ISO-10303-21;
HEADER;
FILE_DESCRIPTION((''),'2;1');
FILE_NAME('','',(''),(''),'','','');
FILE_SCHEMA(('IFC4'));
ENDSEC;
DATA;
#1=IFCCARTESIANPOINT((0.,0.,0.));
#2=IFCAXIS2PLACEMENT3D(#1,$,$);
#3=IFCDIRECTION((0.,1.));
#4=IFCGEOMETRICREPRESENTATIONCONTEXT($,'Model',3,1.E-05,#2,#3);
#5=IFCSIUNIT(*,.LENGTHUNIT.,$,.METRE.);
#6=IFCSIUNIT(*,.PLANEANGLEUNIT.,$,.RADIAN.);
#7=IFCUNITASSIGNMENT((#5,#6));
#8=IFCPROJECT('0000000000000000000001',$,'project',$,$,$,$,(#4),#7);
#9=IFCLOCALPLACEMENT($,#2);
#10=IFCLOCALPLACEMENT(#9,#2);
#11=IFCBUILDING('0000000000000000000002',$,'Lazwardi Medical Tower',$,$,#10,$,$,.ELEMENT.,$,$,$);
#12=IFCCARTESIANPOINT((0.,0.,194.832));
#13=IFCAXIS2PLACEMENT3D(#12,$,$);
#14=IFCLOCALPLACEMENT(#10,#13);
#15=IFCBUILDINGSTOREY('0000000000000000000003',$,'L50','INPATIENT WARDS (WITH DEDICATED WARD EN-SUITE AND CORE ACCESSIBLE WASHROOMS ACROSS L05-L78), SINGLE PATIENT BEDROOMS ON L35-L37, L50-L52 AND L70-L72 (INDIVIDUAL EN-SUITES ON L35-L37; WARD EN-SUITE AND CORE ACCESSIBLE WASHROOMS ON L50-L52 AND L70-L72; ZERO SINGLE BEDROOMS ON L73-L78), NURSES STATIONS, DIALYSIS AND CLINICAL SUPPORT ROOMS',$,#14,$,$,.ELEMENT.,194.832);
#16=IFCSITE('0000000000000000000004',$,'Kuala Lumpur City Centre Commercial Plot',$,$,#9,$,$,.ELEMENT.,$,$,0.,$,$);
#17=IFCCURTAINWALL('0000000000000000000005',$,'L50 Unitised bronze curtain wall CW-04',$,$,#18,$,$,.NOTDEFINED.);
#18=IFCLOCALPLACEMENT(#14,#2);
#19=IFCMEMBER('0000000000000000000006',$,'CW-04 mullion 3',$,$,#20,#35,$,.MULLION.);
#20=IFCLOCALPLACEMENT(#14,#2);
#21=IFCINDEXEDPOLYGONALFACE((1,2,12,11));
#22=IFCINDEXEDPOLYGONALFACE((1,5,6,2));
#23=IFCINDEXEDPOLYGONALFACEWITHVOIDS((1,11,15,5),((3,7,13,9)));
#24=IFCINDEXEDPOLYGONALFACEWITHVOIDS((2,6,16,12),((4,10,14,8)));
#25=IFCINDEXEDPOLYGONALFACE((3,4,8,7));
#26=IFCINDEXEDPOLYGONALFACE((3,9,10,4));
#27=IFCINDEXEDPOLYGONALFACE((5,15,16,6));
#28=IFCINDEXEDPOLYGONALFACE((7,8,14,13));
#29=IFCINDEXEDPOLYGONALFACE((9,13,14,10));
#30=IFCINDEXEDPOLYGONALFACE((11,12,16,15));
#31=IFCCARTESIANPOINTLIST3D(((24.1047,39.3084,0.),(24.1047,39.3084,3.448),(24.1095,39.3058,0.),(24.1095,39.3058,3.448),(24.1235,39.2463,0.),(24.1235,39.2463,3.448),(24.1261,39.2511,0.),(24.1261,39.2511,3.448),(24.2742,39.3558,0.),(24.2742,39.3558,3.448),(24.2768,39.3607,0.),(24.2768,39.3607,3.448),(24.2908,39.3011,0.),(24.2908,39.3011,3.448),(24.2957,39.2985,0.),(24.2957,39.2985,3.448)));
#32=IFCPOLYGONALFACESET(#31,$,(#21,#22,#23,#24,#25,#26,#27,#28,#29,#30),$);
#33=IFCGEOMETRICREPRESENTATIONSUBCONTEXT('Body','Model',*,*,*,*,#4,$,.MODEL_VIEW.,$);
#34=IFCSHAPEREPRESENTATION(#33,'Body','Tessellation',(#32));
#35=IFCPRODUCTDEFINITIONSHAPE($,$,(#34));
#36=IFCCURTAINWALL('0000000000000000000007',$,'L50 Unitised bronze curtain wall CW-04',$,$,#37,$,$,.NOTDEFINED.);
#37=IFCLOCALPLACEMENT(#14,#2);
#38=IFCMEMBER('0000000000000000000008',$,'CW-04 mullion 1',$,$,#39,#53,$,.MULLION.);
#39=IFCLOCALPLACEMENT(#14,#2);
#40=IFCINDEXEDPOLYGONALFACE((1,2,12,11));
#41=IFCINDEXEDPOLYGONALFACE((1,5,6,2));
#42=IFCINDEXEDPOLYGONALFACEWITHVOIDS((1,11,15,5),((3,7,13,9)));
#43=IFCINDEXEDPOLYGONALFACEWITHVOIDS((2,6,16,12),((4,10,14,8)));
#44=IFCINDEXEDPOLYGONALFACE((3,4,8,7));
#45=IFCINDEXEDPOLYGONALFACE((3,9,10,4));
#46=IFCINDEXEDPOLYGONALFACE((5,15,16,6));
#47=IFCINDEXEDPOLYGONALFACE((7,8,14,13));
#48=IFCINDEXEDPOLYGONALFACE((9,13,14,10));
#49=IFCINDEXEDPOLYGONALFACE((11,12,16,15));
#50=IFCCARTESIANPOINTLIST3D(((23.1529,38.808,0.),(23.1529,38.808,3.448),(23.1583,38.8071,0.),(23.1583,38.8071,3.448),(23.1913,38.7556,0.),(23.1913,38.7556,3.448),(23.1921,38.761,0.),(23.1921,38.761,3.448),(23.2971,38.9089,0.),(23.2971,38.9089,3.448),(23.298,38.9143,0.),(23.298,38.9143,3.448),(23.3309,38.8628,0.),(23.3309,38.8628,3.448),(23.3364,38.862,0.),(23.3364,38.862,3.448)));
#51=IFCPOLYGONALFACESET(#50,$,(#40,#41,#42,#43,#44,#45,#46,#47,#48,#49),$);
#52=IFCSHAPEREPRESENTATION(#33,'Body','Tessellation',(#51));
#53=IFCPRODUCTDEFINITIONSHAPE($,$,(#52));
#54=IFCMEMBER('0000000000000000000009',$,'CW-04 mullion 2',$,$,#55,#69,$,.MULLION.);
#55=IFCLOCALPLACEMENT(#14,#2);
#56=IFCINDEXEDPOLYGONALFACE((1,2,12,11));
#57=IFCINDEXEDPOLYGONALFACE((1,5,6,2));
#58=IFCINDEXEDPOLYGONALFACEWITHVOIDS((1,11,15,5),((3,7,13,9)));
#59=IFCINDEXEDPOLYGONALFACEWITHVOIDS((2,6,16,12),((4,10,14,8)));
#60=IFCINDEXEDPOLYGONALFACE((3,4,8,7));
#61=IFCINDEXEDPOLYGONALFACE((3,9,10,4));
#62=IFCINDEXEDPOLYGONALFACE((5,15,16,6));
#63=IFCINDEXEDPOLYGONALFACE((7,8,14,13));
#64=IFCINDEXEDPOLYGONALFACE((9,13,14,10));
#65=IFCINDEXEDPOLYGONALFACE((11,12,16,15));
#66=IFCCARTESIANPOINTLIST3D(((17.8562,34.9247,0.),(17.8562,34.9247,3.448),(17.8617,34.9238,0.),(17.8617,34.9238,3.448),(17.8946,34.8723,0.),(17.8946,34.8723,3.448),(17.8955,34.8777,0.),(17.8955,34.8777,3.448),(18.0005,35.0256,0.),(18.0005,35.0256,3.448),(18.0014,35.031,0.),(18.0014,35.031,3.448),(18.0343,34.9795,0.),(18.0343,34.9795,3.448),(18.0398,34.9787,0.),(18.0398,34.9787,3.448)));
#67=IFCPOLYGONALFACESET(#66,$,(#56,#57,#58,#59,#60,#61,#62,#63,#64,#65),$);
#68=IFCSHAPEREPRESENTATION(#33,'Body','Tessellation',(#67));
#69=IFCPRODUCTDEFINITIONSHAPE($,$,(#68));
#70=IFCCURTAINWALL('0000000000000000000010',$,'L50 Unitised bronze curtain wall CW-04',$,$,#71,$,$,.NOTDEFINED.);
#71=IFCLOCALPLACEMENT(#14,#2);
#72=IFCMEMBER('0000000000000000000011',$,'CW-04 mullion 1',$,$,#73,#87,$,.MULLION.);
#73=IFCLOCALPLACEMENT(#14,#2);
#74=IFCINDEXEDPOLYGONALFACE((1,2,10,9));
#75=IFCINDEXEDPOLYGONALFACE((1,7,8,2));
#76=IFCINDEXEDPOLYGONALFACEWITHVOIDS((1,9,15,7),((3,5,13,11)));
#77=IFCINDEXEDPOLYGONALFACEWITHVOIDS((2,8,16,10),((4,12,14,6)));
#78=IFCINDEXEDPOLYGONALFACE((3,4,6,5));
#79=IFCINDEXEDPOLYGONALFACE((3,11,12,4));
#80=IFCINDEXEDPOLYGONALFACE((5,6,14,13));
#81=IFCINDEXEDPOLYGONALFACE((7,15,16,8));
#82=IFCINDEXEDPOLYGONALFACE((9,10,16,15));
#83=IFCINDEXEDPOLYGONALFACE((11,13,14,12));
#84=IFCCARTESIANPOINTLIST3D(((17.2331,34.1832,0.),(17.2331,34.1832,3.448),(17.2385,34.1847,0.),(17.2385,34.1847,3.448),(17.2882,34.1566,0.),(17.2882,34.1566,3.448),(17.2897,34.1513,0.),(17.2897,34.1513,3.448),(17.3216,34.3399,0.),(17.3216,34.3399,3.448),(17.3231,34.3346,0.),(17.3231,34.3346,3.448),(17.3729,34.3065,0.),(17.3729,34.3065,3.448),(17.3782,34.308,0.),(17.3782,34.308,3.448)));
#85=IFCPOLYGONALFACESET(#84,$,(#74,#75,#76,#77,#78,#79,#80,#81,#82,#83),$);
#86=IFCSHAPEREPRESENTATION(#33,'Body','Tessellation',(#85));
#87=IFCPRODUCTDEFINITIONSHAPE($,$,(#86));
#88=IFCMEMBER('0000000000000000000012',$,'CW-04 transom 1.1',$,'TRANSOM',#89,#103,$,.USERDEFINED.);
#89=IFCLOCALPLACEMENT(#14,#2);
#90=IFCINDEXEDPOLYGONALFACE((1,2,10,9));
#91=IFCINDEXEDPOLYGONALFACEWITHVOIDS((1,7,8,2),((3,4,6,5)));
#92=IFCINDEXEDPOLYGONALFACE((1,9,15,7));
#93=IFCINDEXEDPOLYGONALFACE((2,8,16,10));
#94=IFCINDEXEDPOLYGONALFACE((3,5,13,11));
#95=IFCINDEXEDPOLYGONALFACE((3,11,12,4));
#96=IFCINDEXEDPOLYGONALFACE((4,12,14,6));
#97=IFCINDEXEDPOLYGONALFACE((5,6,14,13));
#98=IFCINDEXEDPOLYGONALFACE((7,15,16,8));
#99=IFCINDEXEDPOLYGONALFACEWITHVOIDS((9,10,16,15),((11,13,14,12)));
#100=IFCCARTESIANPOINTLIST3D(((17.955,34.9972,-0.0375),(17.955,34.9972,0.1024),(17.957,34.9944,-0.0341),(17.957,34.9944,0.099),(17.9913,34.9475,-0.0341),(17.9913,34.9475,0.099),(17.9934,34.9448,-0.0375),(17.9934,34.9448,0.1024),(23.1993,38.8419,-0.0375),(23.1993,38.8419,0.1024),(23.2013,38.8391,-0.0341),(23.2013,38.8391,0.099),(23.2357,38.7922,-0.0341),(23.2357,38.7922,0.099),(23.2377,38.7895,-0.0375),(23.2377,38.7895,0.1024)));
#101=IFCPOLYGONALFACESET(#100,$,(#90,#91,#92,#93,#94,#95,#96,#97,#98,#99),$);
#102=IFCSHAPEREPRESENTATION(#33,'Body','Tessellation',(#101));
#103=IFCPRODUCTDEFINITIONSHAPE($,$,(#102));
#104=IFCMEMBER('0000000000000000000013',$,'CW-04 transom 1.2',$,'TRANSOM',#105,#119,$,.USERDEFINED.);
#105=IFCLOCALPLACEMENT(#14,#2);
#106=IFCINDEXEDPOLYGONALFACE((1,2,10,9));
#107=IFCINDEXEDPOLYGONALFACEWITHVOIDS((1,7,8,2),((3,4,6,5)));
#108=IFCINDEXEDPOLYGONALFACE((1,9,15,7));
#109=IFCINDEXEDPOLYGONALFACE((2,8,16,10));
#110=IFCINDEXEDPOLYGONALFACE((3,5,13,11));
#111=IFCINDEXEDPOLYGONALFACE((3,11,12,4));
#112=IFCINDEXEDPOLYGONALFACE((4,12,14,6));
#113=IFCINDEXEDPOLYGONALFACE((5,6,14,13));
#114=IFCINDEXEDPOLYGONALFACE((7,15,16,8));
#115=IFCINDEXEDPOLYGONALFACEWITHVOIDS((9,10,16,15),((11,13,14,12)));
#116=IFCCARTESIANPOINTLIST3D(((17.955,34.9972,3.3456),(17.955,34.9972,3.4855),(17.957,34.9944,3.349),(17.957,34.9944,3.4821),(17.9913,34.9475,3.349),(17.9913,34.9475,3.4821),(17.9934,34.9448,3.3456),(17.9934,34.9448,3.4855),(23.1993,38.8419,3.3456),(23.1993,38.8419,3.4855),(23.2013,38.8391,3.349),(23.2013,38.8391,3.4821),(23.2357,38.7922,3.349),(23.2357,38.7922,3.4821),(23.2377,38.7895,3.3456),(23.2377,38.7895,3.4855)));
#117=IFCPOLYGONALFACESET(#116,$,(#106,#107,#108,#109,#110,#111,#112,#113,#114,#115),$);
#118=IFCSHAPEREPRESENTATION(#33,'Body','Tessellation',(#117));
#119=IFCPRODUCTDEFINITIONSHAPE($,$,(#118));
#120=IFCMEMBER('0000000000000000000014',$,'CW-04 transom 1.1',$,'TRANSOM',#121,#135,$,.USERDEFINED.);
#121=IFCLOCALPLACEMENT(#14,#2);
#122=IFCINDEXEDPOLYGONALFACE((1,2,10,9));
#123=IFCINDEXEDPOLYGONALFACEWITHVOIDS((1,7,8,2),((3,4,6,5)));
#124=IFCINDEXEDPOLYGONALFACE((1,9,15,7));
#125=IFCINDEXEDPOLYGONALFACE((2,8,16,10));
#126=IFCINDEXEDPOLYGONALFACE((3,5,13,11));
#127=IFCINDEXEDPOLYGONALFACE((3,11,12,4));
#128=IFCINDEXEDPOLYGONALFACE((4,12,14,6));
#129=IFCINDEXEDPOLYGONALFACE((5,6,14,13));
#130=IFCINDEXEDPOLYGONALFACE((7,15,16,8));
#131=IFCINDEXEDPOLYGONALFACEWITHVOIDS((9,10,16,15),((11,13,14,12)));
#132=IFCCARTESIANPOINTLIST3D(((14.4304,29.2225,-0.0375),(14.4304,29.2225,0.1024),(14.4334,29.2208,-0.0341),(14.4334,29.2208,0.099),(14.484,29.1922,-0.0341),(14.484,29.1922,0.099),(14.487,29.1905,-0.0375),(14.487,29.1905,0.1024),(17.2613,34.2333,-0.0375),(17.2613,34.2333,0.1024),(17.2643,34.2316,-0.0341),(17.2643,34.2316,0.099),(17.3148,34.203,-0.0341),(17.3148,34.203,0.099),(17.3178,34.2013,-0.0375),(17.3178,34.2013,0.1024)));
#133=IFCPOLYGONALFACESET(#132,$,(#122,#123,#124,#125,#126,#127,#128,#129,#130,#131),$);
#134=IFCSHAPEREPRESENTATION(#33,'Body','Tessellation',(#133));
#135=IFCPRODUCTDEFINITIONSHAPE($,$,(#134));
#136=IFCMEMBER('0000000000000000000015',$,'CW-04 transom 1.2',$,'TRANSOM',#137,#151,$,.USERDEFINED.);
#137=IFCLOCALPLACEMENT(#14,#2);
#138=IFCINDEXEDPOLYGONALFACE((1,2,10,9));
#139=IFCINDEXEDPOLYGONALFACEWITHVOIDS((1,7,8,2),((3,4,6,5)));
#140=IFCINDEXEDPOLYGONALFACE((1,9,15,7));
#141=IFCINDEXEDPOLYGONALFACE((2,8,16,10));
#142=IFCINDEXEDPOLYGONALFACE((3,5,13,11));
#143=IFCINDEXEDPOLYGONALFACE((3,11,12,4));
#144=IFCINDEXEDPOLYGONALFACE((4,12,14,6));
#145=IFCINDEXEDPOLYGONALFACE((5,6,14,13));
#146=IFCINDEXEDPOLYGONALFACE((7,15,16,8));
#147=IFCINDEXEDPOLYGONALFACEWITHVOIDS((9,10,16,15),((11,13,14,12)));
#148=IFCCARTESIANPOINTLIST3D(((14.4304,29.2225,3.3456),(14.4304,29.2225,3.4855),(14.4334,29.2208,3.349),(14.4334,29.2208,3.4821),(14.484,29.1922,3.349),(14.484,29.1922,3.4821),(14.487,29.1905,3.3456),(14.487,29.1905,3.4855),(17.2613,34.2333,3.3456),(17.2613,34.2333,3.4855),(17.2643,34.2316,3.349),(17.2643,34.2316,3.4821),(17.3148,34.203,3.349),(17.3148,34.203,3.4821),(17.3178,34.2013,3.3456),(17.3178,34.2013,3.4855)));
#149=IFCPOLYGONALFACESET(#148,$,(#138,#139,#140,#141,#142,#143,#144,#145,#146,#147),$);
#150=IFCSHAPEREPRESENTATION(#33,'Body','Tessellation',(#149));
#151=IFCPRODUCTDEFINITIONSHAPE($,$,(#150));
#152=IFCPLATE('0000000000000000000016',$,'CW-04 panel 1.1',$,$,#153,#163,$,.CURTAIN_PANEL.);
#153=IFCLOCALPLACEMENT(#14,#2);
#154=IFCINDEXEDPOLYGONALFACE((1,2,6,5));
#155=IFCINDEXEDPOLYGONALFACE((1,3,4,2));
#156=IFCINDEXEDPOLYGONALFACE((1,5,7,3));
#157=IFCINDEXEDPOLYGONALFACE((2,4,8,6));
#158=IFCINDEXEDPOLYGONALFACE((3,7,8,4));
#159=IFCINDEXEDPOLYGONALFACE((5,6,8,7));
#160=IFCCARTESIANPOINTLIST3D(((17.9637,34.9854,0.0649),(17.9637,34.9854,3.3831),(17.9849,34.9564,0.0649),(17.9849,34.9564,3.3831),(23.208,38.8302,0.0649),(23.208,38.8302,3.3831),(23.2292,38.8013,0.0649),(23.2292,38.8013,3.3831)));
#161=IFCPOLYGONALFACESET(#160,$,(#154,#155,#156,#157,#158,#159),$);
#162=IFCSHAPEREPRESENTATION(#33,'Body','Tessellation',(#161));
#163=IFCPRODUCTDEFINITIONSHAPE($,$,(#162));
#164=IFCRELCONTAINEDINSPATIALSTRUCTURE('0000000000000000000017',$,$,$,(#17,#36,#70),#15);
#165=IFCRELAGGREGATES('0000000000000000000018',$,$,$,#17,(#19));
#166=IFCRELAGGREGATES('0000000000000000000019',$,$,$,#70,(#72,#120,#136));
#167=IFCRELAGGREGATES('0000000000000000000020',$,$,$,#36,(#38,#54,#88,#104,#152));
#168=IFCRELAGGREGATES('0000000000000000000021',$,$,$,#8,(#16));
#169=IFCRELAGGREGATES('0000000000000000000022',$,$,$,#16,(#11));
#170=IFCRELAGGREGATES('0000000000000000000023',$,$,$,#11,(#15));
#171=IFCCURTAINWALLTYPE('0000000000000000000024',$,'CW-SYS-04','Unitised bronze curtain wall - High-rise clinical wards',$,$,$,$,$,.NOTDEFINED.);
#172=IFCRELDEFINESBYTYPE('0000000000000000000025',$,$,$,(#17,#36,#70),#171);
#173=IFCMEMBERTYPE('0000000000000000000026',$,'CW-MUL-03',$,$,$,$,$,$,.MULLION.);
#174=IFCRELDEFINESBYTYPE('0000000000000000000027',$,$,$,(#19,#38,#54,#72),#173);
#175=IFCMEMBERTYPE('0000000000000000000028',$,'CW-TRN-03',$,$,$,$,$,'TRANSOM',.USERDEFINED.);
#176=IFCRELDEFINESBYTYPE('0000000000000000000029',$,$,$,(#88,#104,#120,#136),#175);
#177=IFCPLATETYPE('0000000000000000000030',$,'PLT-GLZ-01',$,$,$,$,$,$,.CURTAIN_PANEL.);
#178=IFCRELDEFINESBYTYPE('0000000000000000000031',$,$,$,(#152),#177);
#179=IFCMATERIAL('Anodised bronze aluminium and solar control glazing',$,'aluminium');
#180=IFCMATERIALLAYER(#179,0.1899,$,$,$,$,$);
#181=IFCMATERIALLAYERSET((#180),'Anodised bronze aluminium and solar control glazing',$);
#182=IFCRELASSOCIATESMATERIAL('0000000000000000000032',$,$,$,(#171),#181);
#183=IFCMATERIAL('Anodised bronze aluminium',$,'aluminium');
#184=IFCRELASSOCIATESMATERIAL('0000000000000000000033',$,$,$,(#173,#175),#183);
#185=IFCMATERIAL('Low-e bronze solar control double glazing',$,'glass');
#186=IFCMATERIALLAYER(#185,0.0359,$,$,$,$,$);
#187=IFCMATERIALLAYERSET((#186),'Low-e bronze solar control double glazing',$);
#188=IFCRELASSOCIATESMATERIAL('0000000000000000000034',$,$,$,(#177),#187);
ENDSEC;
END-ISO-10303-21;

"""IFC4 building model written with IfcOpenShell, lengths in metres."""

from ifc_helpers import new_model, si_unit, direction, frame, origin, origin_2d, place, context, subcontext, project, spatial, rectangle, hollow_rectangle, extrude, material, layer, layer_set, material_profile, profile_set, type_object, element, aggregate, save


model = new_model("IFC4")

# Units and contexts
model_context = context("Model", 3, precision=1e-05, world=origin(), true_north=direction((0.0, 1.0)))
body_context = subcontext(model_context, "Body", "Model", "MODEL_VIEW")
ifc_project = project(units=[si_unit("LENGTHUNIT", "METRE"), si_unit("PLANEANGLEUNIT", "RADIAN")], contexts=[model_context])

# Site, building, storey
site_placement = place(None, origin())
site = spatial("IfcSite", under=ifc_project, at=site_placement, Name="Kuala Lumpur City Centre Commercial Plot", CompositionType="ELEMENT", RefElevation=0.0)
building_placement = place(site_placement, origin())
building = spatial("IfcBuilding", under=site, at=building_placement, Name="Lazwardi Medical Tower", CompositionType="ELEMENT")
storey_placement = place(building_placement, frame((0.0, 0.0, 194.832)))
storey = spatial("IfcBuildingStorey", under=building, at=storey_placement, Name="L50", Description="INPATIENT WARDS (WITH DEDICATED WARD EN-SUITE AND CORE ACCESSIBLE WASHROOMS ACROSS L05-L78), SINGLE PATIENT BEDROOMS ON L35-L37, L50-L52 AND L70-L72 (INDIVIDUAL EN-SUITES ON L35-L37; WARD EN-SUITE AND CORE ACCESSIBLE WASHROOMS ON L50-L52 AND L70-L72; ZERO SINGLE BEDROOMS ON L73-L78), NURSES STATIONS, DIALYSIS AND CLINICAL SUPPORT ROOMS", CompositionType="ELEMENT", Elevation=194.832)

# Curtain wall, member
ifc_material_1 = material(Name="Anodised bronze aluminium and solar control glazing", Category="aluminium")
ifc_layer_1 = layer(ifc_material_1, 0.1899)
ifc_layer_set_1 = layer_set([ifc_layer_1], Name="Anodised bronze aluminium and solar control glazing")
curtain_wall_type = type_object("IfcCurtainWallType", Name="CW-SYS-04", Description="Unitised bronze curtain wall - High-rise clinical wards", PredefinedType="NOTDEFINED", material=ifc_layer_set_1)
curtain_wall_1_placement = place(storey_placement, origin())
curtain_wall_1 = element("IfcCurtainWall", 1, at=curtain_wall_1_placement, inside=storey, type_object=curtain_wall_type, Name="L50 Unitised bronze curtain wall CW-04", PredefinedType="NOTDEFINED")
ifc_material_2 = material(Name="Anodised bronze aluminium", Category="aluminium")
ifc_material_profile_1 = material_profile(ifc_material_2, hollow_rectangle(XDim=0.0649, YDim=0.1799, WallThickness=0.0039, at=origin_2d()), Name="ALU-MULLION 180x65x4")
ifc_profile_set_1 = profile_set([ifc_material_profile_1], Name="Anodised bronze aluminium")
member_type_1 = type_object("IfcMemberType", Name="CW-MUL-03", PredefinedType="MULLION", material=ifc_profile_set_1)
member_1_placement = place(storey_placement, frame((24.2002, 39.3035, 0.0), z_axis=(0.0, 0.0, 1.0), x_axis=(0.290582, -0.95685, 0.0)))
member_1 = element("IfcMember", 2, at=member_1_placement, type_object=member_type_1, Name="CW-04 mullion 3", PredefinedType="MULLION", context=body_context, shape_type="SweptSolid", body=[
    extrude(hollow_rectangle(XDim=0.0649, YDim=0.1799, WallThickness=0.0039, at=origin_2d()), origin(), (0.0, 0.0, 1.0), 3.448),
])
aggregate(curtain_wall_1, [member_1])

# Curtain wall, members
curtain_wall_2_placement = place(storey_placement, origin())
curtain_wall_2 = element("IfcCurtainWall", 3, at=curtain_wall_2_placement, inside=storey, type_object=curtain_wall_type, Name="L50 Unitised bronze curtain wall CW-04", PredefinedType="NOTDEFINED")
member_2_placement = place(storey_placement, frame((23.2446, 38.835, 0.0), z_axis=(0.0, 0.0, 1.0), x_axis=(0.591268, -0.806475, 0.0)))
member_2 = element("IfcMember", 4, at=member_2_placement, type_object=member_type_1, Name="CW-04 mullion 1", PredefinedType="MULLION", context=body_context, shape_type="SweptSolid", body=[
    extrude(hollow_rectangle(XDim=0.0649, YDim=0.1799, WallThickness=0.0039, at=origin_2d()), origin(), (0.0, 0.0, 1.0), 3.448),
])
member_3_placement = place(storey_placement, frame((17.948, 34.9517, 0.0), z_axis=(0.0, 0.0, 1.0), x_axis=(0.591268, -0.806475, 0.0)))
member_3 = element("IfcMember", 5, at=member_3_placement, type_object=member_type_1, Name="CW-04 mullion 2", PredefinedType="MULLION", context=body_context, shape_type="SweptSolid", body=[
    extrude(hollow_rectangle(XDim=0.0649, YDim=0.1799, WallThickness=0.0039, at=origin_2d()), origin(), (0.0, 0.0, 1.0), 3.448),
])

# Curtain wall, member
curtain_wall_3_placement = place(storey_placement, origin())
curtain_wall_3 = element("IfcCurtainWall", 6, at=curtain_wall_3_placement, inside=storey, type_object=curtain_wall_type, Name="L50 Unitised bronze curtain wall CW-04", PredefinedType="NOTDEFINED")
member_4_placement = place(storey_placement, frame((17.3057, 34.2456, 0.0), z_axis=(0.0, 0.0, 1.0), x_axis=(0.870651, -0.4919, 0.0)))
member_4 = element("IfcMember", 7, at=member_4_placement, type_object=member_type_1, Name="CW-04 mullion 1", PredefinedType="MULLION", context=body_context, shape_type="SweptSolid", body=[
    extrude(hollow_rectangle(XDim=0.0649, YDim=0.1799, WallThickness=0.0039, at=origin_2d()), origin(), (0.0, 0.0, 1.0), 3.448),
])

# Members
ifc_material_profile_2 = material_profile(ifc_material_2, hollow_rectangle(XDim=0.0649, YDim=0.1399, WallThickness=0.0034, at=origin_2d()), Name="ALU-TRANSOM 140x65x3.5")
ifc_profile_set_2 = profile_set([ifc_material_profile_2], Name="Anodised bronze aluminium")
member_type_2 = type_object("IfcMemberType", Name="CW-TRN-03", ElementType="TRANSOM", PredefinedType="USERDEFINED", material=ifc_profile_set_2)
member_5_placement = place(storey_placement, frame((23.2185, 38.8157, 0.0325), z_axis=(-0.80649, -0.591248, 0.0), x_axis=(0.591248, -0.80649, 0.0)))
member_5 = element("IfcMember", 8, at=member_5_placement, type_object=member_type_2, Name="CW-04 transom 1.1", ObjectType="TRANSOM", PredefinedType="USERDEFINED", context=body_context, shape_type="SweptSolid", body=[
    extrude(hollow_rectangle(XDim=0.0649, YDim=0.1399, WallThickness=0.0034, at=origin_2d()), origin(), (0.0, 0.0, 1.0), 6.5027),
])
member_6_placement = place(storey_placement, frame((23.2185, 38.8157, 3.4155), z_axis=(-0.80649, -0.591248, 0.0), x_axis=(0.591248, -0.80649, 0.0)))
member_6 = element("IfcMember", 9, at=member_6_placement, type_object=member_type_2, Name="CW-04 transom 1.2", ObjectType="TRANSOM", PredefinedType="USERDEFINED", context=body_context, shape_type="SweptSolid", body=[
    extrude(hollow_rectangle(XDim=0.0649, YDim=0.1399, WallThickness=0.0034, at=origin_2d()), origin(), (0.0, 0.0, 1.0), 6.5027),
])
member_7_placement = place(storey_placement, frame((17.2896, 34.2173, 0.0325), z_axis=(-0.49188, -0.870663, 0.0), x_axis=(0.870663, -0.49188, 0.0)))
member_7 = element("IfcMember", 10, at=member_7_placement, type_object=member_type_2, Name="CW-04 transom 1.1", ObjectType="TRANSOM", PredefinedType="USERDEFINED", context=body_context, shape_type="SweptSolid", body=[
    extrude(hollow_rectangle(XDim=0.0649, YDim=0.1399, WallThickness=0.0034, at=origin_2d()), origin(), (0.0, 0.0, 1.0), 5.7551),
])
member_8_placement = place(storey_placement, frame((17.2896, 34.2173, 3.4155), z_axis=(-0.49188, -0.870663, 0.0), x_axis=(0.870663, -0.49188, 0.0)))
member_8 = element("IfcMember", 11, at=member_8_placement, type_object=member_type_2, Name="CW-04 transom 1.2", ObjectType="TRANSOM", PredefinedType="USERDEFINED", context=body_context, shape_type="SweptSolid", body=[
    extrude(hollow_rectangle(XDim=0.0649, YDim=0.1399, WallThickness=0.0034, at=origin_2d()), origin(), (0.0, 0.0, 1.0), 5.7551),
])
aggregate(curtain_wall_3, [member_4, member_7, member_8])

# Plate
ifc_material_3 = material(Name="Low-e bronze solar control double glazing", Category="glass")
ifc_layer_2 = layer(ifc_material_3, 0.0359)
ifc_layer_set_2 = layer_set([ifc_layer_2], Name="Low-e bronze solar control double glazing")
plate_type = type_object("IfcPlateType", Name="PLT-GLZ-01", PredefinedType="CURTAIN_PANEL", material=ifc_layer_set_2)
plate_placement = place(storey_placement, frame((20.5964, 36.8933, 0.0649), z_axis=(0.0, 0.0, 1.0), x_axis=(-0.806475, -0.591268, 0.0)))
plate = element("IfcPlate", 12, at=plate_placement, type_object=plate_type, Name="CW-04 panel 1.1", PredefinedType="CURTAIN_PANEL", context=body_context, shape_type="SweptSolid", body=[
    extrude(rectangle(XDim=6.5027, YDim=0.0359, at=origin_2d()), origin(), (0.0, 0.0, 1.0), 3.3181),
])
aggregate(curtain_wall_2, [member_2, member_3, member_5, member_6, plate])

save(model, "model.ifc")
